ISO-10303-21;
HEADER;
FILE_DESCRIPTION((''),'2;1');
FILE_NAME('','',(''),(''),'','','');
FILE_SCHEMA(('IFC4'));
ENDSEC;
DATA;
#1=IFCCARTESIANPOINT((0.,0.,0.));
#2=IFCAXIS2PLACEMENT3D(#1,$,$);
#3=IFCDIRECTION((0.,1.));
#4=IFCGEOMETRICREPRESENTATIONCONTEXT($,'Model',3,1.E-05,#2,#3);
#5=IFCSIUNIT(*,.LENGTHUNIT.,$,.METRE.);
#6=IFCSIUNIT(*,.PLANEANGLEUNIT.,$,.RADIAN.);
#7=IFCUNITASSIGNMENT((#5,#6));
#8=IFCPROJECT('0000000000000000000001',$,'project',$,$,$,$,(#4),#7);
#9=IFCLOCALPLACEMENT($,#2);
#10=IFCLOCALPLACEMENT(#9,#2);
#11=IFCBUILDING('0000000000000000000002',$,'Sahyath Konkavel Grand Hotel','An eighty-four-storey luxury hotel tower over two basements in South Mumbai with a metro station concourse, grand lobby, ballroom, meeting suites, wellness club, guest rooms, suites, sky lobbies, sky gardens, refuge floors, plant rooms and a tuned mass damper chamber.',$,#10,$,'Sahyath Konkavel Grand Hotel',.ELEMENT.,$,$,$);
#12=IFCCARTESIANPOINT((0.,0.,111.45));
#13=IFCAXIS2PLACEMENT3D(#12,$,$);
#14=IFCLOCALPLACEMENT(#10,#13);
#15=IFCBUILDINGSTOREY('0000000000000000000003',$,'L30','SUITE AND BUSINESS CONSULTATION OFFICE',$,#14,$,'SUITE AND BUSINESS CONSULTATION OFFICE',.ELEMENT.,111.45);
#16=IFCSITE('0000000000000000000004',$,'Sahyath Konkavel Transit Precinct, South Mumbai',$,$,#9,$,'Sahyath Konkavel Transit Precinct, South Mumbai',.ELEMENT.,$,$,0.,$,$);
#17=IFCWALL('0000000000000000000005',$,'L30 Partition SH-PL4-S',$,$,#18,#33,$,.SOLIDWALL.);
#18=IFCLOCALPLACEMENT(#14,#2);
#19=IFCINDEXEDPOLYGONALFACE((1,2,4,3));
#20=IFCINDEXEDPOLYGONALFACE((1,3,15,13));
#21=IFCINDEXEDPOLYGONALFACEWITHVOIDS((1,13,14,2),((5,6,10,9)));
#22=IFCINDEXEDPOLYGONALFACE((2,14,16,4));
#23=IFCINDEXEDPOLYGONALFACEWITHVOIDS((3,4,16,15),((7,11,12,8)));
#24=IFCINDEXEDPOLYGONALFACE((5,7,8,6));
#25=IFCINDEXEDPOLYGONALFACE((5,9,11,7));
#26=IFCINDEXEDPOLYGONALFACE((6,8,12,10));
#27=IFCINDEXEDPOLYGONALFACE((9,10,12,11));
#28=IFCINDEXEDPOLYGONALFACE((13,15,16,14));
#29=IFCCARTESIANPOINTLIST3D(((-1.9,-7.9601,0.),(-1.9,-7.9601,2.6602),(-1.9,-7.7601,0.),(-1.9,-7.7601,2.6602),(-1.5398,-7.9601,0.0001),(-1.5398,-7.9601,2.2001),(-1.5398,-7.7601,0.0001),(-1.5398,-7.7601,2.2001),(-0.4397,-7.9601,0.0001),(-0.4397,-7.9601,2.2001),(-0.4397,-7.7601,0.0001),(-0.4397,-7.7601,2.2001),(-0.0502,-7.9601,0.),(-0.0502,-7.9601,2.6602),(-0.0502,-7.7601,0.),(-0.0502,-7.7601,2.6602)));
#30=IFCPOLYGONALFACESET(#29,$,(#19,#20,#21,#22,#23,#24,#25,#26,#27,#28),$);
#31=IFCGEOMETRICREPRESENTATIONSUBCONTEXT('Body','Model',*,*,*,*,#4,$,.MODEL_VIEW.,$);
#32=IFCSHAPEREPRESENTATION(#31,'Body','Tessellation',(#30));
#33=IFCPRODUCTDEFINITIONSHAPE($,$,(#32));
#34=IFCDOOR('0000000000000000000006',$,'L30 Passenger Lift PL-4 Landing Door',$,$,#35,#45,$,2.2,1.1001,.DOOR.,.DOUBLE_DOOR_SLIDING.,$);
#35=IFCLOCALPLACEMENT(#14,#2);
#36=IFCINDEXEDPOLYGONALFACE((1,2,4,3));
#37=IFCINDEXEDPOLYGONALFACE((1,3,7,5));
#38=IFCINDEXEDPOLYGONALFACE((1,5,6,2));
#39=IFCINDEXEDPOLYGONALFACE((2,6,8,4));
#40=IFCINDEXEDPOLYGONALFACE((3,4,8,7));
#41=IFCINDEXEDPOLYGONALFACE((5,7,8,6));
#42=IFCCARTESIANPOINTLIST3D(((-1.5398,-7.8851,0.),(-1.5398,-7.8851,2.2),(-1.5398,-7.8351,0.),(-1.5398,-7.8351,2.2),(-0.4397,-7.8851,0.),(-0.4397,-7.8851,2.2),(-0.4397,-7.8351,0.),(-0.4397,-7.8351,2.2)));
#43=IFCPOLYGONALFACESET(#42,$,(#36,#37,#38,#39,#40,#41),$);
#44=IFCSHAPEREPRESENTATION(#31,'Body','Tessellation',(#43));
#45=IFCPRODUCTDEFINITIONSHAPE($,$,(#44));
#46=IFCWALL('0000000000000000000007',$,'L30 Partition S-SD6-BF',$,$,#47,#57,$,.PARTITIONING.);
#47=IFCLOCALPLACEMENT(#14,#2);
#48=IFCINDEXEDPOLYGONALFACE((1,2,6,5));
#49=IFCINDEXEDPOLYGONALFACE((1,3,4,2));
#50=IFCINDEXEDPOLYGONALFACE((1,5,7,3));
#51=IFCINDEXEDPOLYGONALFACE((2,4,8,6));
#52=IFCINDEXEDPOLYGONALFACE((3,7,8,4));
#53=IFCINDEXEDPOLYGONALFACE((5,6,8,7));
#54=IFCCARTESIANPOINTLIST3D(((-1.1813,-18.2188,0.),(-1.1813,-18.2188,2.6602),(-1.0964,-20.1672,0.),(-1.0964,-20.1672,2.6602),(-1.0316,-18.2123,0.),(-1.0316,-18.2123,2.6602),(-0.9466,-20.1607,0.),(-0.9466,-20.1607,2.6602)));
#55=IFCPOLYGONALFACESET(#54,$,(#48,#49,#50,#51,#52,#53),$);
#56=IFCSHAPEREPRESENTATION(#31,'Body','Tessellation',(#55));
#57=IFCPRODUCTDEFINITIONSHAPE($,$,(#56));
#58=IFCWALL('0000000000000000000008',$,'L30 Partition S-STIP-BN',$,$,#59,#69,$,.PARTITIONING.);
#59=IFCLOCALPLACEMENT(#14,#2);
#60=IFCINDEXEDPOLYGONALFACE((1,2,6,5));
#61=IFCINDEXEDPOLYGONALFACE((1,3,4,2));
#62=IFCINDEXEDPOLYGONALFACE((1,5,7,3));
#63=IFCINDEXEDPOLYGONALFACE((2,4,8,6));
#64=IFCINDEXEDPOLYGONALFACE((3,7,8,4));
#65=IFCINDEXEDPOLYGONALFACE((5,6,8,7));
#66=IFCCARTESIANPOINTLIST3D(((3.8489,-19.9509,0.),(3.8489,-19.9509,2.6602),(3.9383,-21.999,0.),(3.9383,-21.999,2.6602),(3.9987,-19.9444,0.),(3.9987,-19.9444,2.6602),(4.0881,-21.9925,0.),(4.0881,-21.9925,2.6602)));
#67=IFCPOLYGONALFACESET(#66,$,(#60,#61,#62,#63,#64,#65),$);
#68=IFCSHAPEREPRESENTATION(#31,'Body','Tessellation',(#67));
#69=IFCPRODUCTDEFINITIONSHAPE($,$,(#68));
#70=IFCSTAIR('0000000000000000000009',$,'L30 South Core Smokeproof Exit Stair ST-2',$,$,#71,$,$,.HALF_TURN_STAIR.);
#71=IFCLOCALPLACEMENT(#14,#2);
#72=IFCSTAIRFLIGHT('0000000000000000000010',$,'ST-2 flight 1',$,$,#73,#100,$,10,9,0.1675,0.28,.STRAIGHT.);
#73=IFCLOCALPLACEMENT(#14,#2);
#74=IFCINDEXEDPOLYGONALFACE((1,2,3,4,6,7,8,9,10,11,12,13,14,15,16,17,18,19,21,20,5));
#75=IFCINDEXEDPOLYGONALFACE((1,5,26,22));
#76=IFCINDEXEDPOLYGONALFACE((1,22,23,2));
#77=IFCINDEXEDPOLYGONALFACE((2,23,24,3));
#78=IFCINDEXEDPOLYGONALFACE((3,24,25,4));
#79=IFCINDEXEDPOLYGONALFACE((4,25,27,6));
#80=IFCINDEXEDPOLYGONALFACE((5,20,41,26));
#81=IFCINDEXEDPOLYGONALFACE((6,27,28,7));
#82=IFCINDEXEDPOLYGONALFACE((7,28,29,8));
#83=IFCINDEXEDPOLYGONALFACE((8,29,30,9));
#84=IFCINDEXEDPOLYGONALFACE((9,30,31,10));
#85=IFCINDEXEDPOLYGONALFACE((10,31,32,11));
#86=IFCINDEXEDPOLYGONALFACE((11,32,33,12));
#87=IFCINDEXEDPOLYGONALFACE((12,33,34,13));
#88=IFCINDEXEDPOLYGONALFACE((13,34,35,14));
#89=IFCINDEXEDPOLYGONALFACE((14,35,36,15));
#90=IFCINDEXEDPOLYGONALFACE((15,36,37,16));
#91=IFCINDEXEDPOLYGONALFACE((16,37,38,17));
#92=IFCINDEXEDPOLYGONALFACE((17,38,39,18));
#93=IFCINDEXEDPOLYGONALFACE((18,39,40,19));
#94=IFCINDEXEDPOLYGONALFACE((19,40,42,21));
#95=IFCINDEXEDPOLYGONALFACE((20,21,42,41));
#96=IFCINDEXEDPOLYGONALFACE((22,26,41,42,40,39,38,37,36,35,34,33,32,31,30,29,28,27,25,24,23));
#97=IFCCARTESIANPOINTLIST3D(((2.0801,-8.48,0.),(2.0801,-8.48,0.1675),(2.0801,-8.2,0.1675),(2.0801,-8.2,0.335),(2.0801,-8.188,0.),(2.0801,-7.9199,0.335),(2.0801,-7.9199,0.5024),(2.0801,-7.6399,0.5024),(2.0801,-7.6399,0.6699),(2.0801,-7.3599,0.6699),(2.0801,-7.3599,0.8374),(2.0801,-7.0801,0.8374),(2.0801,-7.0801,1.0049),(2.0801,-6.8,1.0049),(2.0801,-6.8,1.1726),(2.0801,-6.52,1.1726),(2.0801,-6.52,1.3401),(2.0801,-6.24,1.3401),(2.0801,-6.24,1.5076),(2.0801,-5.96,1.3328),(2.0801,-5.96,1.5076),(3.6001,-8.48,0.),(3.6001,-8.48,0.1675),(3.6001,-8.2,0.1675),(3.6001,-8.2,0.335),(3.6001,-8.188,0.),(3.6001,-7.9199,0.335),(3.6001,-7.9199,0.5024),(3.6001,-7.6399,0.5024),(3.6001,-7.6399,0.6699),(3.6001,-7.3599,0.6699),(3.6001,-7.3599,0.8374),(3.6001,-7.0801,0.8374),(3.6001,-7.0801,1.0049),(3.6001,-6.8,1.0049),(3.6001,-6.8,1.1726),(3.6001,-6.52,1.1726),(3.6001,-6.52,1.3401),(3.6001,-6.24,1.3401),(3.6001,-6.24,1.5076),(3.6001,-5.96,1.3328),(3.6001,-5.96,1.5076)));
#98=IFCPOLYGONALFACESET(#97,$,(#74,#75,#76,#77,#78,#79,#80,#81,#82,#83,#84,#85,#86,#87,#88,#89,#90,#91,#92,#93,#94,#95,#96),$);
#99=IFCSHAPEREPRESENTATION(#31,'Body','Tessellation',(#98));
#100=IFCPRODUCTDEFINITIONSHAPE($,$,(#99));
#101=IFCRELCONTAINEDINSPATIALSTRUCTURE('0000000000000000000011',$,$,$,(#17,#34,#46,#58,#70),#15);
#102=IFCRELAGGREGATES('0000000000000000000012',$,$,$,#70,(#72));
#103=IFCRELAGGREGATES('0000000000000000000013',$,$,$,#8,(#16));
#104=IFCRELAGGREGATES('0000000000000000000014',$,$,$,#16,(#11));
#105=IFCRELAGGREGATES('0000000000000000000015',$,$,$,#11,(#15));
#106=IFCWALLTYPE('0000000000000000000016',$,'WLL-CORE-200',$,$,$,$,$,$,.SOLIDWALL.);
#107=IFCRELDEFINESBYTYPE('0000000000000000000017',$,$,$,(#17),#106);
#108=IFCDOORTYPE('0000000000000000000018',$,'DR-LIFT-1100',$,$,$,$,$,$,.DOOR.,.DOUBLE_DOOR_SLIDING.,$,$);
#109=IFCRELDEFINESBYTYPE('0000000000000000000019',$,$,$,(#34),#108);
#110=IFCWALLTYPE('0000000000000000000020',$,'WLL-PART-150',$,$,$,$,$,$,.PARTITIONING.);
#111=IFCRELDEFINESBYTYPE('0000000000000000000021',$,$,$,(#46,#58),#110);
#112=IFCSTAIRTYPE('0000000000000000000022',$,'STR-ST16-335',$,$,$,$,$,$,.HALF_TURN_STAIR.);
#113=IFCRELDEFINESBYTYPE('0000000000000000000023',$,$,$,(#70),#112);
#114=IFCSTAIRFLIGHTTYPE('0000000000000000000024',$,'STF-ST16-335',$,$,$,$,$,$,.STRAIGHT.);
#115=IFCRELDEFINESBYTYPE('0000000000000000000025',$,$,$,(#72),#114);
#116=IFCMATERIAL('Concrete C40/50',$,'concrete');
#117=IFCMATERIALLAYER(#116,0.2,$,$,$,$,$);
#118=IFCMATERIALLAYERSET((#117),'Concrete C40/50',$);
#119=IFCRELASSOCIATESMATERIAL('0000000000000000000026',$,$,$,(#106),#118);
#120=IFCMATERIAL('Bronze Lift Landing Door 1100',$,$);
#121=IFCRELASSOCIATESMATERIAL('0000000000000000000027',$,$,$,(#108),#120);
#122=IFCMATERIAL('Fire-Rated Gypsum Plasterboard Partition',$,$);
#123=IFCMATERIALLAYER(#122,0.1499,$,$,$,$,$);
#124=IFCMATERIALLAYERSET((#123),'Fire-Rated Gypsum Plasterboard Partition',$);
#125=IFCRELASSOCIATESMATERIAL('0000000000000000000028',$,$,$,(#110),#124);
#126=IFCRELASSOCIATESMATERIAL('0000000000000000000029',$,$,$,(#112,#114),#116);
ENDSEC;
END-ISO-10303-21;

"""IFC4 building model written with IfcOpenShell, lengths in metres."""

from ifc_helpers import new_model, si_unit, direction, frame, frame_2d, origin, origin_2d, place, context, subcontext, project, spatial, polyline, rectangle, outline, extrude, source, transform, mapped, material, layer, layer_set, type_object, element, fill, aggregate, save


model = new_model("IFC4")

# Units and contexts
model_context = context("Model", 3, precision=1e-05, world=origin(), true_north=direction((0.0, 1.0)))
body_context = subcontext(model_context, "Body", "Model", "MODEL_VIEW")
ifc_project = project(units=[si_unit("LENGTHUNIT", "METRE"), si_unit("PLANEANGLEUNIT", "RADIAN")], contexts=[model_context])

# Site, building, storey
site_placement = place(None, origin())
site = spatial("IfcSite", under=ifc_project, at=site_placement, Name="Sahyath Konkavel Transit Precinct, South Mumbai", LongName="Sahyath Konkavel Transit Precinct, South Mumbai", CompositionType="ELEMENT", RefElevation=0.0)
building_placement = place(site_placement, origin())
building = spatial("IfcBuilding", under=site, at=building_placement, Name="Sahyath Konkavel Grand Hotel", Description="An eighty-four-storey luxury hotel tower over two basements in South Mumbai with a metro station concourse, grand lobby, ballroom, meeting suites, wellness club, guest rooms, suites, sky lobbies, sky gardens, refuge floors, plant rooms and a tuned mass damper chamber.", LongName="Sahyath Konkavel Grand Hotel", CompositionType="ELEMENT")
storey_placement = place(building_placement, frame((0.0, 0.0, 111.45)))
storey = spatial("IfcBuildingStorey", under=building, at=storey_placement, Name="L30", Description="SUITE AND BUSINESS CONSULTATION OFFICE", LongName="SUITE AND BUSINESS CONSULTATION OFFICE", CompositionType="ELEMENT", Elevation=111.45)

# Shared definitions
ifc_material_1 = material(Name="Concrete C40/50", Category="concrete")
ifc_layer_1 = layer(ifc_material_1, 0.2)
ifc_layer_set_1 = layer_set([ifc_layer_1], Name="Concrete C40/50")
wall_type_1 = type_object("IfcWallType", Name="WLL-CORE-200", PredefinedType="SOLIDWALL", material=ifc_layer_set_1)

# Wall, opening, door
wall_1_placement = place(storey_placement, frame((-1.8999, -7.8601, 0.0), z_axis=(0.0, 0.0, 1.0), x_axis=(1.0, 0.0, 0.0)))
wall_1 = element("IfcWall", 1, at=wall_1_placement, inside=storey, type_object=wall_type_1, Name="L30 Partition SH-PL4-S", PredefinedType="SOLIDWALL", context=body_context, shape_type="SweptSolid", body=[
    extrude(rectangle(XDim=1.8499, YDim=0.2, at=frame_2d((0.9248, 0.0))), origin(), (0.0, 0.0, 1.0), 2.6602),
])
opening_1_placement = place(wall_1_placement, frame((0.3601, 0.0, 0.0)))
opening_1 = element("IfcOpeningElement", 2, at=opening_1_placement, cuts=wall_1, PredefinedType="OPENING", context=body_context, shape_type="SweptSolid", body=[
    extrude(rectangle(XDim=1.1001, YDim=2.2, at=frame_2d((0.55, 1.1001))), frame((0.0, 0.1099, 0.0), z_axis=(0.0, -1.0, 0.0), x_axis=(1.0, 0.0, 0.0)), (0.0, 0.0, 1.0), 0.22),
])
ifc_material_2 = material(Name="Bronze Lift Landing Door 1100")
door_type_1 = type_object("IfcDoorType", Name="DR-LIFT-1100", OperationType="DOUBLE_DOOR_SLIDING", PredefinedType="DOOR", material=ifc_material_2)
shared_shape_1 = source(origin(), body_context, "Body", "SweptSolid", [
    extrude(rectangle(XDim=1.1001, YDim=0.05, at=origin_2d()), origin(), (0.0, 0.0, 1.0), 2.2),
])
door_1_placement = place(opening_1_placement, frame((0.55, 0.0, 0.0)))
door_1 = element("IfcDoor", 3, at=door_1_placement, inside=storey, type_object=door_type_1, Name="L30 Passenger Lift PL-4 Landing Door", OperationType="DOUBLE_DOOR_SLIDING", OverallHeight=2.2, OverallWidth=1.1001, PredefinedType="DOOR", context=body_context, shape_type="MappedRepresentation", body=[
    mapped(shared_shape_1, transform((0.0, 0.0, 0.0), scale=1.0)),
])
fill(opening_1, door_1)

# Walls
ifc_material_3 = material(Name="Fire-Rated Gypsum Plasterboard Partition")
ifc_layer_2 = layer(ifc_material_3, 0.1499)
ifc_layer_set_2 = layer_set([ifc_layer_2], Name="Fire-Rated Gypsum Plasterboard Partition")
wall_type_2 = type_object("IfcWallType", Name="WLL-PART-150", PredefinedType="PARTITIONING", material=ifc_layer_set_2)
wall_2_placement = place(storey_placement, frame((-1.1064, -18.2156, 0.0), z_axis=(0.0, 0.0, 1.0), x_axis=(0.043568, -0.99905, 0.0)))
element("IfcWall", 4, at=wall_2_placement, inside=storey, type_object=wall_type_2, Name="L30 Partition S-SD6-BF", PredefinedType="PARTITIONING", context=body_context, shape_type="SweptSolid", body=[
    extrude(rectangle(XDim=1.9502, YDim=0.1499, at=frame_2d((0.9751, 0.0))), origin(), (0.0, 0.0, 1.0), 2.6602),
])
wall_3_placement = place(storey_placement, frame((3.9238, -19.9478, 0.0), z_axis=(0.0, 0.0, 1.0), x_axis=(0.043587, -0.99905, 0.0)))
element("IfcWall", 5, at=wall_3_placement, inside=storey, type_object=wall_type_2, Name="L30 Partition S-STIP-BN", PredefinedType="PARTITIONING", context=body_context, shape_type="SweptSolid", body=[
    extrude(rectangle(XDim=2.05, YDim=0.1499, at=frame_2d((1.0249, 0.0))), origin(), (0.0, 0.0, 1.0), 2.6602),
])

# Stair, stair flight
stair_type = type_object("IfcStairType", Name="STR-ST16-335", PredefinedType="HALF_TURN_STAIR", material=ifc_material_1)
stair_placement = place(storey_placement, origin())
stair = element("IfcStair", 6, at=stair_placement, inside=storey, type_object=stair_type, Name="L30 South Core Smokeproof Exit Stair ST-2", PredefinedType="HALF_TURN_STAIR")
stair_flight_type = type_object("IfcStairFlightType", Name="STF-ST16-335", PredefinedType="STRAIGHT", material=ifc_material_1)
stair_flight_placement = place(storey_placement, frame((2.8401, -8.48, 0.0), z_axis=(0.0, 0.0, 1.0), x_axis=(0.0, 1.0, 0.0)))
stair_flight = element("IfcStairFlight", 7, at=stair_flight_placement, type_object=stair_flight_type, Name="ST-2 flight 1", NumberOfRisers=10, NumberOfTreads=9, PredefinedType="STRAIGHT", RiserHeight=0.1675, TreadLength=0.28, context=body_context, shape_type="SweptSolid", body=[
    extrude(outline(polyline([(0.0, 0.0), (0.0, 0.1675), (0.28, 0.1675), (0.28, 0.335), (0.5601, 0.335), (0.5601, 0.5024), (0.8401, 0.5024), (0.8401, 0.6699), (1.1201, 0.6699), (1.1201, 0.8374), (1.3999, 0.8374), (1.3999, 1.0049), (1.6799, 1.0049), (1.6799, 1.1726), (1.96, 1.1726), (1.96, 1.3401), (2.24, 1.3401), (2.24, 1.5076), (2.52, 1.5076), (2.52, 1.675), (2.52, 1.3328), (0.292, 0.0), (0.0, 0.0)])), frame((0.0, 0.76, 0.0), z_axis=(0.0, -1.0, 0.0), x_axis=(1.0, 0.0, 0.0)), (0.0, 0.0, 1.0), 1.52),
])
aggregate(stair, [stair_flight])

save(model, "model.ifc")
